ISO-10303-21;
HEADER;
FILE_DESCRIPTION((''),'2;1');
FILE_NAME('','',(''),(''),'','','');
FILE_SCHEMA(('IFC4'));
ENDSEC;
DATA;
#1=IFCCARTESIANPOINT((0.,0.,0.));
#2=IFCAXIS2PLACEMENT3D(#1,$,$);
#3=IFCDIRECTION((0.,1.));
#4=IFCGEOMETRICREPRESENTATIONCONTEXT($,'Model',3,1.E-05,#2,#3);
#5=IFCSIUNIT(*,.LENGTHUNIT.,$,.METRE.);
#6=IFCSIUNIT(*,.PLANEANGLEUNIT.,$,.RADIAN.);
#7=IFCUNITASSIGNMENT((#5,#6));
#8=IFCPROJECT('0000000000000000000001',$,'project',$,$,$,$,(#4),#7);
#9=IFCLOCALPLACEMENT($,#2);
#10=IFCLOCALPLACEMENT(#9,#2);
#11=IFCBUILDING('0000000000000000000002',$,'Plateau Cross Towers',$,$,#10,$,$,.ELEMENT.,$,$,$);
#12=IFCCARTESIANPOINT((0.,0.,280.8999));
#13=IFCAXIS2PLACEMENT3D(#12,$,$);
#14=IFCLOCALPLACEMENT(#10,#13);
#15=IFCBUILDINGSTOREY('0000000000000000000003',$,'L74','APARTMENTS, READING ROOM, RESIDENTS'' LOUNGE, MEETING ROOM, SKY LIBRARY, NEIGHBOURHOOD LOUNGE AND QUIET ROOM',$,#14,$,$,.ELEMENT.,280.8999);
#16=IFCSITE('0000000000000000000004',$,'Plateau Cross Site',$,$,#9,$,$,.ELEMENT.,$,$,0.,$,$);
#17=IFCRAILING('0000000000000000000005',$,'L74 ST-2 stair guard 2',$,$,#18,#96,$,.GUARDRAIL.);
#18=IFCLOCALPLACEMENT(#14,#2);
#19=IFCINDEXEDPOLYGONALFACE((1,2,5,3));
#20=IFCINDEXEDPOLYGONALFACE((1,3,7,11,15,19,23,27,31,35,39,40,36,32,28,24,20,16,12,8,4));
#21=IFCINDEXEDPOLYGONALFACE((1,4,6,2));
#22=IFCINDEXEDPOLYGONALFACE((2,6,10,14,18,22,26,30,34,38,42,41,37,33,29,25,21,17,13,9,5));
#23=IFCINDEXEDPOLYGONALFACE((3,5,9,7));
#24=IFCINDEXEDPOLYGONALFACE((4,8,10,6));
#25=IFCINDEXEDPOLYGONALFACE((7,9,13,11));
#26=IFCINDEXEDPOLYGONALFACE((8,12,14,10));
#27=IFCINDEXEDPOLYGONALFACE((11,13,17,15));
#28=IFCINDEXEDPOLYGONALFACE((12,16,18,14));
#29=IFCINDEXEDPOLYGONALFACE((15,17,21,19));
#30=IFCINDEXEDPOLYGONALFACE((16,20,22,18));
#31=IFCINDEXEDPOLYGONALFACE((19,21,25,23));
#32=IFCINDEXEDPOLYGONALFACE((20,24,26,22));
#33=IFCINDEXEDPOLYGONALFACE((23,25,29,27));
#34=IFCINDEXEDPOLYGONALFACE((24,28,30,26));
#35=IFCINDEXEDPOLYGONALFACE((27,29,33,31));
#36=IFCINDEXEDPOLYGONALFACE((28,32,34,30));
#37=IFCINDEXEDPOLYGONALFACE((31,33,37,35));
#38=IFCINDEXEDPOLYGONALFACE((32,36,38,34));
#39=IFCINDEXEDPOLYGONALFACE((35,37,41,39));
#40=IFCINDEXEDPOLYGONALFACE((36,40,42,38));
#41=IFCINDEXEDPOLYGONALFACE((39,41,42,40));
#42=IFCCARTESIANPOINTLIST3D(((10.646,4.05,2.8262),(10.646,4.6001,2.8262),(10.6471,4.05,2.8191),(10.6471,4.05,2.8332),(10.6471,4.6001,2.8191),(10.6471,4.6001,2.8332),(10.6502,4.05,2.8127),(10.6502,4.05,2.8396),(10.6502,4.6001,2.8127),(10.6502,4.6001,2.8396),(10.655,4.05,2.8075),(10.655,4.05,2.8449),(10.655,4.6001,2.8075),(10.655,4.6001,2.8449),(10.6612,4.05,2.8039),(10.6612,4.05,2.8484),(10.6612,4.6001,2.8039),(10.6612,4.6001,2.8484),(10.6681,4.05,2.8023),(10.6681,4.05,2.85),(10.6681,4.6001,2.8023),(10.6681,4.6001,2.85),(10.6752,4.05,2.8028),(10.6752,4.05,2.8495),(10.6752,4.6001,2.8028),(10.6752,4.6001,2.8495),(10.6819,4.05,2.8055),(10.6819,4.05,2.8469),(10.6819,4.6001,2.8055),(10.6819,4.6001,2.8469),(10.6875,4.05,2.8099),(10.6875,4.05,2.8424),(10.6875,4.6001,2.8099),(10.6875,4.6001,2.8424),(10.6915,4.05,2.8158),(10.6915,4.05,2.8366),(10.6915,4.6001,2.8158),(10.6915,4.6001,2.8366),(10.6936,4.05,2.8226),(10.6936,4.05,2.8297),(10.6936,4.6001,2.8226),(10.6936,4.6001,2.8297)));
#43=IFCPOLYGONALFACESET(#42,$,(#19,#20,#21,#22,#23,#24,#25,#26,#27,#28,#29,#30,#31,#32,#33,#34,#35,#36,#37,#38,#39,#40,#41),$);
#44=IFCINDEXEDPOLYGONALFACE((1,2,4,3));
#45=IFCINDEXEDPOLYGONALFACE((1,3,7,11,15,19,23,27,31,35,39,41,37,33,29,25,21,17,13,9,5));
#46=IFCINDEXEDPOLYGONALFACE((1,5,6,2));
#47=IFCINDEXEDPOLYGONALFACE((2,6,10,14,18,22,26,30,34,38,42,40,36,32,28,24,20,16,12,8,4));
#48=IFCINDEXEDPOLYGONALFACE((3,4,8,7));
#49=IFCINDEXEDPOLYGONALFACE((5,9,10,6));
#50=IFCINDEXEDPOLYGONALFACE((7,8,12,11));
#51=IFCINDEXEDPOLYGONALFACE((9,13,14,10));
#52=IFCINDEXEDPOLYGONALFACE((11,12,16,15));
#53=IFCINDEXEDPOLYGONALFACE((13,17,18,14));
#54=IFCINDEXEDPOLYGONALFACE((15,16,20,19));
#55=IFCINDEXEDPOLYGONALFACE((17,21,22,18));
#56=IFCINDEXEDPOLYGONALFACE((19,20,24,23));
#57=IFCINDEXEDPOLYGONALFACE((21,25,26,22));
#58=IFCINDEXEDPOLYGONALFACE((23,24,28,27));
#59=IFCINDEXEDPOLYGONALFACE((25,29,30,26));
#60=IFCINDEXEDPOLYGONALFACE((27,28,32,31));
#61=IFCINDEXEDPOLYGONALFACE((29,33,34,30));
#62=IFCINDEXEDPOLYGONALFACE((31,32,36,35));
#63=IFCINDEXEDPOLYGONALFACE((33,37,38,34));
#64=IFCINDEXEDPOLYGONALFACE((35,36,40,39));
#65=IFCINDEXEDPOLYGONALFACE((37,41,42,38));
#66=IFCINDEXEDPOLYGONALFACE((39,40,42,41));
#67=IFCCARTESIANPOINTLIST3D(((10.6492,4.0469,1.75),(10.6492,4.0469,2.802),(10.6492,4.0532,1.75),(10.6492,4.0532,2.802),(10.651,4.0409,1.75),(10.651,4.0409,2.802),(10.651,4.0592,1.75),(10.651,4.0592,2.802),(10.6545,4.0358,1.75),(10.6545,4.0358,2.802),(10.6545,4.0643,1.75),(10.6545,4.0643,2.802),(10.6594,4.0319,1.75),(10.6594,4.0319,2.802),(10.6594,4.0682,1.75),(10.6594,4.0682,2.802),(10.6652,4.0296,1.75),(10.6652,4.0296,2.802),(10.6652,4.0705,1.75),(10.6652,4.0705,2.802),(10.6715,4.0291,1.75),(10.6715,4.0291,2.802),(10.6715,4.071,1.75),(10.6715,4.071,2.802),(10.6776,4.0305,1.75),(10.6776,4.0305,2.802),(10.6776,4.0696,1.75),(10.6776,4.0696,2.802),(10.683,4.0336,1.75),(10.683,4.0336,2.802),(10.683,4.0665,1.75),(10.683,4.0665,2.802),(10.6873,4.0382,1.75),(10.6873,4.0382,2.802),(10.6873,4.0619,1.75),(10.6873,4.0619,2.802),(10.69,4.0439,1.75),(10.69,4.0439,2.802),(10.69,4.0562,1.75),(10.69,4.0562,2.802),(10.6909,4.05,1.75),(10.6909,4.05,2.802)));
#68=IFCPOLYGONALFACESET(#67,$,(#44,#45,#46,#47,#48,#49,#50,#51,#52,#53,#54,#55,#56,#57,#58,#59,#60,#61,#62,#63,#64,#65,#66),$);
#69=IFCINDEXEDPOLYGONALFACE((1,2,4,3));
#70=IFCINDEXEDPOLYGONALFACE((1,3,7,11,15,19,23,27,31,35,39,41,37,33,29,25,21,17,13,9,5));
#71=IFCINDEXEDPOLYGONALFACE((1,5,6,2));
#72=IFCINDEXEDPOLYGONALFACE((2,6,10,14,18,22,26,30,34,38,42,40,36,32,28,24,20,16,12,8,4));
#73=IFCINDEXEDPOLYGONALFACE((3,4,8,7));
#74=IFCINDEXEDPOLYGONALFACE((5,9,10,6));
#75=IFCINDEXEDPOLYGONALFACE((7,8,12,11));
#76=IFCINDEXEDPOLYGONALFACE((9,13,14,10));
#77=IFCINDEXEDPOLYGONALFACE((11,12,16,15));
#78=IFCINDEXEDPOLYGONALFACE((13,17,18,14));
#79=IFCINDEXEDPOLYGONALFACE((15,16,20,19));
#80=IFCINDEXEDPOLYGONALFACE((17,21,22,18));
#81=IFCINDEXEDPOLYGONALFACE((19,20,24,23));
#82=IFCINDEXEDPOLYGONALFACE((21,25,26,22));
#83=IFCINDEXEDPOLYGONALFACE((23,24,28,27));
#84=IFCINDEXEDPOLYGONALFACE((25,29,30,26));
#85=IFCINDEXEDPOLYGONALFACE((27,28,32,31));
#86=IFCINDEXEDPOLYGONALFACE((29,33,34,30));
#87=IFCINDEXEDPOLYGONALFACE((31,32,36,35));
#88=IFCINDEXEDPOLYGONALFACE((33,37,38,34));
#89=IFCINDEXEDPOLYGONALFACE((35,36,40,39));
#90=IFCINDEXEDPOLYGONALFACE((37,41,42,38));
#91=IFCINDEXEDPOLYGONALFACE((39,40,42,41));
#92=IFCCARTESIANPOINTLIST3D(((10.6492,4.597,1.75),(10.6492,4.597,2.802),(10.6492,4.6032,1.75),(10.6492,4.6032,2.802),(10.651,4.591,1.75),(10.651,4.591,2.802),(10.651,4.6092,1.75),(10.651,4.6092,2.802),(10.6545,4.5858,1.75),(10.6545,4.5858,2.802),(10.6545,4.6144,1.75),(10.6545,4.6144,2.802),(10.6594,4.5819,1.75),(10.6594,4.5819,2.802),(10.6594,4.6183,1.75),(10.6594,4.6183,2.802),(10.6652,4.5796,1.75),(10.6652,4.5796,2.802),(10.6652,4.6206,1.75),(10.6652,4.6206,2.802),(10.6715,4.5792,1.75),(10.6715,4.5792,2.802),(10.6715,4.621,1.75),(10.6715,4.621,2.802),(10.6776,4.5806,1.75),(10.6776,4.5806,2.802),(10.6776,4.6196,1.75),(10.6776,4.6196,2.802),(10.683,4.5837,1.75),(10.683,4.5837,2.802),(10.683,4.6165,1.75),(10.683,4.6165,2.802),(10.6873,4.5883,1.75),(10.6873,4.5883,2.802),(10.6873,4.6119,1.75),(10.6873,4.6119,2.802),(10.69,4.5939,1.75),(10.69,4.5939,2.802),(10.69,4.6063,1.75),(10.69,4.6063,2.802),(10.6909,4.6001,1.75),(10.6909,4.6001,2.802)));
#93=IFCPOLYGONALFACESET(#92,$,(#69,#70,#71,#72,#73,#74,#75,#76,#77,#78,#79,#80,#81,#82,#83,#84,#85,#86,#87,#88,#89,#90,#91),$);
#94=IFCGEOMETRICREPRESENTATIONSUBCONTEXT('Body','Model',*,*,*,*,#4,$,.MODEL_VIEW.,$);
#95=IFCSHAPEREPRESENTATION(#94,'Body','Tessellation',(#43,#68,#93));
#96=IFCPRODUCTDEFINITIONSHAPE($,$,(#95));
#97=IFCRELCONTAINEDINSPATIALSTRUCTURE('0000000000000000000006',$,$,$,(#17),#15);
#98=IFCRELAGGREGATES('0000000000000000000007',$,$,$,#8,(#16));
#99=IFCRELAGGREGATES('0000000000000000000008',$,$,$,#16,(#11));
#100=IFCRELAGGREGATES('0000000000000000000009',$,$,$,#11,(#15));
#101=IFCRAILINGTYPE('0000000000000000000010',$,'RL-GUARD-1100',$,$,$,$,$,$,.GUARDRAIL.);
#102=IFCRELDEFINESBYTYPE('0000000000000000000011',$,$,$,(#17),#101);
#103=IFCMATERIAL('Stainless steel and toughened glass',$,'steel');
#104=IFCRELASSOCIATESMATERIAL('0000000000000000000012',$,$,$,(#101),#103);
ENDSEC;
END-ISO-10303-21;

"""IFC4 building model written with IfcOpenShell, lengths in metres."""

from ifc_helpers import new_model, si_unit, direction, frame, origin, origin_2d, place, context, subcontext, project, spatial, circle, extrude, material, type_object, element, save


model = new_model("IFC4")

# Units and contexts
model_context = context("Model", 3, precision=1e-05, world=origin(), true_north=direction((0.0, 1.0)))
body_context = subcontext(model_context, "Body", "Model", "MODEL_VIEW")
ifc_project = project(units=[si_unit("LENGTHUNIT", "METRE"), si_unit("PLANEANGLEUNIT", "RADIAN")], contexts=[model_context])

# Site, building, storey
site_placement = place(None, origin())
site = spatial("IfcSite", under=ifc_project, at=site_placement, Name="Plateau Cross Site", CompositionType="ELEMENT", RefElevation=0.0)
building_placement = place(site_placement, origin())
building = spatial("IfcBuilding", under=site, at=building_placement, Name="Plateau Cross Towers", CompositionType="ELEMENT")
storey_placement = place(building_placement, frame((0.0, 0.0, 280.8999)))
storey = spatial("IfcBuildingStorey", under=building, at=storey_placement, Name="L74", Description="APARTMENTS, READING ROOM, RESIDENTS' LOUNGE, MEETING ROOM, SKY LIBRARY, NEIGHBOURHOOD LOUNGE AND QUIET ROOM", CompositionType="ELEMENT", Elevation=280.8999)

# Railing
ifc_material_1 = material(Name="Stainless steel and toughened glass", Category="steel")
railing_type_1 = type_object("IfcRailingType", Name="RL-GUARD-1100", PredefinedType="GUARDRAIL", material=ifc_material_1)
railing_1_placement = place(storey_placement, frame((10.6699, 4.05, 1.75)))
element("IfcRailing", 1, at=railing_1_placement, inside=storey, type_object=railing_type_1, Name="L74 ST-2 stair guard 2", PredefinedType="GUARDRAIL", context=body_context, shape_type="SweptSolid", body=[
    extrude(circle(Radius=0.0239, at=origin_2d()), frame((0.0, 0.0, 1.0762), z_axis=(0.0, 1.0, 0.0), x_axis=(-1.0, 0.0, 0.0)), (0.0, 0.0, 1.0), 0.55),
    extrude(circle(Radius=0.021, at=origin_2d()), origin(), (0.0, 0.0, 1.0), 1.052),
    extrude(circle(Radius=0.021, at=origin_2d()), frame((0.0, 0.55, 0.0)), (0.0, 0.0, 1.0), 1.052),
])

save(model, "model.ifc")
